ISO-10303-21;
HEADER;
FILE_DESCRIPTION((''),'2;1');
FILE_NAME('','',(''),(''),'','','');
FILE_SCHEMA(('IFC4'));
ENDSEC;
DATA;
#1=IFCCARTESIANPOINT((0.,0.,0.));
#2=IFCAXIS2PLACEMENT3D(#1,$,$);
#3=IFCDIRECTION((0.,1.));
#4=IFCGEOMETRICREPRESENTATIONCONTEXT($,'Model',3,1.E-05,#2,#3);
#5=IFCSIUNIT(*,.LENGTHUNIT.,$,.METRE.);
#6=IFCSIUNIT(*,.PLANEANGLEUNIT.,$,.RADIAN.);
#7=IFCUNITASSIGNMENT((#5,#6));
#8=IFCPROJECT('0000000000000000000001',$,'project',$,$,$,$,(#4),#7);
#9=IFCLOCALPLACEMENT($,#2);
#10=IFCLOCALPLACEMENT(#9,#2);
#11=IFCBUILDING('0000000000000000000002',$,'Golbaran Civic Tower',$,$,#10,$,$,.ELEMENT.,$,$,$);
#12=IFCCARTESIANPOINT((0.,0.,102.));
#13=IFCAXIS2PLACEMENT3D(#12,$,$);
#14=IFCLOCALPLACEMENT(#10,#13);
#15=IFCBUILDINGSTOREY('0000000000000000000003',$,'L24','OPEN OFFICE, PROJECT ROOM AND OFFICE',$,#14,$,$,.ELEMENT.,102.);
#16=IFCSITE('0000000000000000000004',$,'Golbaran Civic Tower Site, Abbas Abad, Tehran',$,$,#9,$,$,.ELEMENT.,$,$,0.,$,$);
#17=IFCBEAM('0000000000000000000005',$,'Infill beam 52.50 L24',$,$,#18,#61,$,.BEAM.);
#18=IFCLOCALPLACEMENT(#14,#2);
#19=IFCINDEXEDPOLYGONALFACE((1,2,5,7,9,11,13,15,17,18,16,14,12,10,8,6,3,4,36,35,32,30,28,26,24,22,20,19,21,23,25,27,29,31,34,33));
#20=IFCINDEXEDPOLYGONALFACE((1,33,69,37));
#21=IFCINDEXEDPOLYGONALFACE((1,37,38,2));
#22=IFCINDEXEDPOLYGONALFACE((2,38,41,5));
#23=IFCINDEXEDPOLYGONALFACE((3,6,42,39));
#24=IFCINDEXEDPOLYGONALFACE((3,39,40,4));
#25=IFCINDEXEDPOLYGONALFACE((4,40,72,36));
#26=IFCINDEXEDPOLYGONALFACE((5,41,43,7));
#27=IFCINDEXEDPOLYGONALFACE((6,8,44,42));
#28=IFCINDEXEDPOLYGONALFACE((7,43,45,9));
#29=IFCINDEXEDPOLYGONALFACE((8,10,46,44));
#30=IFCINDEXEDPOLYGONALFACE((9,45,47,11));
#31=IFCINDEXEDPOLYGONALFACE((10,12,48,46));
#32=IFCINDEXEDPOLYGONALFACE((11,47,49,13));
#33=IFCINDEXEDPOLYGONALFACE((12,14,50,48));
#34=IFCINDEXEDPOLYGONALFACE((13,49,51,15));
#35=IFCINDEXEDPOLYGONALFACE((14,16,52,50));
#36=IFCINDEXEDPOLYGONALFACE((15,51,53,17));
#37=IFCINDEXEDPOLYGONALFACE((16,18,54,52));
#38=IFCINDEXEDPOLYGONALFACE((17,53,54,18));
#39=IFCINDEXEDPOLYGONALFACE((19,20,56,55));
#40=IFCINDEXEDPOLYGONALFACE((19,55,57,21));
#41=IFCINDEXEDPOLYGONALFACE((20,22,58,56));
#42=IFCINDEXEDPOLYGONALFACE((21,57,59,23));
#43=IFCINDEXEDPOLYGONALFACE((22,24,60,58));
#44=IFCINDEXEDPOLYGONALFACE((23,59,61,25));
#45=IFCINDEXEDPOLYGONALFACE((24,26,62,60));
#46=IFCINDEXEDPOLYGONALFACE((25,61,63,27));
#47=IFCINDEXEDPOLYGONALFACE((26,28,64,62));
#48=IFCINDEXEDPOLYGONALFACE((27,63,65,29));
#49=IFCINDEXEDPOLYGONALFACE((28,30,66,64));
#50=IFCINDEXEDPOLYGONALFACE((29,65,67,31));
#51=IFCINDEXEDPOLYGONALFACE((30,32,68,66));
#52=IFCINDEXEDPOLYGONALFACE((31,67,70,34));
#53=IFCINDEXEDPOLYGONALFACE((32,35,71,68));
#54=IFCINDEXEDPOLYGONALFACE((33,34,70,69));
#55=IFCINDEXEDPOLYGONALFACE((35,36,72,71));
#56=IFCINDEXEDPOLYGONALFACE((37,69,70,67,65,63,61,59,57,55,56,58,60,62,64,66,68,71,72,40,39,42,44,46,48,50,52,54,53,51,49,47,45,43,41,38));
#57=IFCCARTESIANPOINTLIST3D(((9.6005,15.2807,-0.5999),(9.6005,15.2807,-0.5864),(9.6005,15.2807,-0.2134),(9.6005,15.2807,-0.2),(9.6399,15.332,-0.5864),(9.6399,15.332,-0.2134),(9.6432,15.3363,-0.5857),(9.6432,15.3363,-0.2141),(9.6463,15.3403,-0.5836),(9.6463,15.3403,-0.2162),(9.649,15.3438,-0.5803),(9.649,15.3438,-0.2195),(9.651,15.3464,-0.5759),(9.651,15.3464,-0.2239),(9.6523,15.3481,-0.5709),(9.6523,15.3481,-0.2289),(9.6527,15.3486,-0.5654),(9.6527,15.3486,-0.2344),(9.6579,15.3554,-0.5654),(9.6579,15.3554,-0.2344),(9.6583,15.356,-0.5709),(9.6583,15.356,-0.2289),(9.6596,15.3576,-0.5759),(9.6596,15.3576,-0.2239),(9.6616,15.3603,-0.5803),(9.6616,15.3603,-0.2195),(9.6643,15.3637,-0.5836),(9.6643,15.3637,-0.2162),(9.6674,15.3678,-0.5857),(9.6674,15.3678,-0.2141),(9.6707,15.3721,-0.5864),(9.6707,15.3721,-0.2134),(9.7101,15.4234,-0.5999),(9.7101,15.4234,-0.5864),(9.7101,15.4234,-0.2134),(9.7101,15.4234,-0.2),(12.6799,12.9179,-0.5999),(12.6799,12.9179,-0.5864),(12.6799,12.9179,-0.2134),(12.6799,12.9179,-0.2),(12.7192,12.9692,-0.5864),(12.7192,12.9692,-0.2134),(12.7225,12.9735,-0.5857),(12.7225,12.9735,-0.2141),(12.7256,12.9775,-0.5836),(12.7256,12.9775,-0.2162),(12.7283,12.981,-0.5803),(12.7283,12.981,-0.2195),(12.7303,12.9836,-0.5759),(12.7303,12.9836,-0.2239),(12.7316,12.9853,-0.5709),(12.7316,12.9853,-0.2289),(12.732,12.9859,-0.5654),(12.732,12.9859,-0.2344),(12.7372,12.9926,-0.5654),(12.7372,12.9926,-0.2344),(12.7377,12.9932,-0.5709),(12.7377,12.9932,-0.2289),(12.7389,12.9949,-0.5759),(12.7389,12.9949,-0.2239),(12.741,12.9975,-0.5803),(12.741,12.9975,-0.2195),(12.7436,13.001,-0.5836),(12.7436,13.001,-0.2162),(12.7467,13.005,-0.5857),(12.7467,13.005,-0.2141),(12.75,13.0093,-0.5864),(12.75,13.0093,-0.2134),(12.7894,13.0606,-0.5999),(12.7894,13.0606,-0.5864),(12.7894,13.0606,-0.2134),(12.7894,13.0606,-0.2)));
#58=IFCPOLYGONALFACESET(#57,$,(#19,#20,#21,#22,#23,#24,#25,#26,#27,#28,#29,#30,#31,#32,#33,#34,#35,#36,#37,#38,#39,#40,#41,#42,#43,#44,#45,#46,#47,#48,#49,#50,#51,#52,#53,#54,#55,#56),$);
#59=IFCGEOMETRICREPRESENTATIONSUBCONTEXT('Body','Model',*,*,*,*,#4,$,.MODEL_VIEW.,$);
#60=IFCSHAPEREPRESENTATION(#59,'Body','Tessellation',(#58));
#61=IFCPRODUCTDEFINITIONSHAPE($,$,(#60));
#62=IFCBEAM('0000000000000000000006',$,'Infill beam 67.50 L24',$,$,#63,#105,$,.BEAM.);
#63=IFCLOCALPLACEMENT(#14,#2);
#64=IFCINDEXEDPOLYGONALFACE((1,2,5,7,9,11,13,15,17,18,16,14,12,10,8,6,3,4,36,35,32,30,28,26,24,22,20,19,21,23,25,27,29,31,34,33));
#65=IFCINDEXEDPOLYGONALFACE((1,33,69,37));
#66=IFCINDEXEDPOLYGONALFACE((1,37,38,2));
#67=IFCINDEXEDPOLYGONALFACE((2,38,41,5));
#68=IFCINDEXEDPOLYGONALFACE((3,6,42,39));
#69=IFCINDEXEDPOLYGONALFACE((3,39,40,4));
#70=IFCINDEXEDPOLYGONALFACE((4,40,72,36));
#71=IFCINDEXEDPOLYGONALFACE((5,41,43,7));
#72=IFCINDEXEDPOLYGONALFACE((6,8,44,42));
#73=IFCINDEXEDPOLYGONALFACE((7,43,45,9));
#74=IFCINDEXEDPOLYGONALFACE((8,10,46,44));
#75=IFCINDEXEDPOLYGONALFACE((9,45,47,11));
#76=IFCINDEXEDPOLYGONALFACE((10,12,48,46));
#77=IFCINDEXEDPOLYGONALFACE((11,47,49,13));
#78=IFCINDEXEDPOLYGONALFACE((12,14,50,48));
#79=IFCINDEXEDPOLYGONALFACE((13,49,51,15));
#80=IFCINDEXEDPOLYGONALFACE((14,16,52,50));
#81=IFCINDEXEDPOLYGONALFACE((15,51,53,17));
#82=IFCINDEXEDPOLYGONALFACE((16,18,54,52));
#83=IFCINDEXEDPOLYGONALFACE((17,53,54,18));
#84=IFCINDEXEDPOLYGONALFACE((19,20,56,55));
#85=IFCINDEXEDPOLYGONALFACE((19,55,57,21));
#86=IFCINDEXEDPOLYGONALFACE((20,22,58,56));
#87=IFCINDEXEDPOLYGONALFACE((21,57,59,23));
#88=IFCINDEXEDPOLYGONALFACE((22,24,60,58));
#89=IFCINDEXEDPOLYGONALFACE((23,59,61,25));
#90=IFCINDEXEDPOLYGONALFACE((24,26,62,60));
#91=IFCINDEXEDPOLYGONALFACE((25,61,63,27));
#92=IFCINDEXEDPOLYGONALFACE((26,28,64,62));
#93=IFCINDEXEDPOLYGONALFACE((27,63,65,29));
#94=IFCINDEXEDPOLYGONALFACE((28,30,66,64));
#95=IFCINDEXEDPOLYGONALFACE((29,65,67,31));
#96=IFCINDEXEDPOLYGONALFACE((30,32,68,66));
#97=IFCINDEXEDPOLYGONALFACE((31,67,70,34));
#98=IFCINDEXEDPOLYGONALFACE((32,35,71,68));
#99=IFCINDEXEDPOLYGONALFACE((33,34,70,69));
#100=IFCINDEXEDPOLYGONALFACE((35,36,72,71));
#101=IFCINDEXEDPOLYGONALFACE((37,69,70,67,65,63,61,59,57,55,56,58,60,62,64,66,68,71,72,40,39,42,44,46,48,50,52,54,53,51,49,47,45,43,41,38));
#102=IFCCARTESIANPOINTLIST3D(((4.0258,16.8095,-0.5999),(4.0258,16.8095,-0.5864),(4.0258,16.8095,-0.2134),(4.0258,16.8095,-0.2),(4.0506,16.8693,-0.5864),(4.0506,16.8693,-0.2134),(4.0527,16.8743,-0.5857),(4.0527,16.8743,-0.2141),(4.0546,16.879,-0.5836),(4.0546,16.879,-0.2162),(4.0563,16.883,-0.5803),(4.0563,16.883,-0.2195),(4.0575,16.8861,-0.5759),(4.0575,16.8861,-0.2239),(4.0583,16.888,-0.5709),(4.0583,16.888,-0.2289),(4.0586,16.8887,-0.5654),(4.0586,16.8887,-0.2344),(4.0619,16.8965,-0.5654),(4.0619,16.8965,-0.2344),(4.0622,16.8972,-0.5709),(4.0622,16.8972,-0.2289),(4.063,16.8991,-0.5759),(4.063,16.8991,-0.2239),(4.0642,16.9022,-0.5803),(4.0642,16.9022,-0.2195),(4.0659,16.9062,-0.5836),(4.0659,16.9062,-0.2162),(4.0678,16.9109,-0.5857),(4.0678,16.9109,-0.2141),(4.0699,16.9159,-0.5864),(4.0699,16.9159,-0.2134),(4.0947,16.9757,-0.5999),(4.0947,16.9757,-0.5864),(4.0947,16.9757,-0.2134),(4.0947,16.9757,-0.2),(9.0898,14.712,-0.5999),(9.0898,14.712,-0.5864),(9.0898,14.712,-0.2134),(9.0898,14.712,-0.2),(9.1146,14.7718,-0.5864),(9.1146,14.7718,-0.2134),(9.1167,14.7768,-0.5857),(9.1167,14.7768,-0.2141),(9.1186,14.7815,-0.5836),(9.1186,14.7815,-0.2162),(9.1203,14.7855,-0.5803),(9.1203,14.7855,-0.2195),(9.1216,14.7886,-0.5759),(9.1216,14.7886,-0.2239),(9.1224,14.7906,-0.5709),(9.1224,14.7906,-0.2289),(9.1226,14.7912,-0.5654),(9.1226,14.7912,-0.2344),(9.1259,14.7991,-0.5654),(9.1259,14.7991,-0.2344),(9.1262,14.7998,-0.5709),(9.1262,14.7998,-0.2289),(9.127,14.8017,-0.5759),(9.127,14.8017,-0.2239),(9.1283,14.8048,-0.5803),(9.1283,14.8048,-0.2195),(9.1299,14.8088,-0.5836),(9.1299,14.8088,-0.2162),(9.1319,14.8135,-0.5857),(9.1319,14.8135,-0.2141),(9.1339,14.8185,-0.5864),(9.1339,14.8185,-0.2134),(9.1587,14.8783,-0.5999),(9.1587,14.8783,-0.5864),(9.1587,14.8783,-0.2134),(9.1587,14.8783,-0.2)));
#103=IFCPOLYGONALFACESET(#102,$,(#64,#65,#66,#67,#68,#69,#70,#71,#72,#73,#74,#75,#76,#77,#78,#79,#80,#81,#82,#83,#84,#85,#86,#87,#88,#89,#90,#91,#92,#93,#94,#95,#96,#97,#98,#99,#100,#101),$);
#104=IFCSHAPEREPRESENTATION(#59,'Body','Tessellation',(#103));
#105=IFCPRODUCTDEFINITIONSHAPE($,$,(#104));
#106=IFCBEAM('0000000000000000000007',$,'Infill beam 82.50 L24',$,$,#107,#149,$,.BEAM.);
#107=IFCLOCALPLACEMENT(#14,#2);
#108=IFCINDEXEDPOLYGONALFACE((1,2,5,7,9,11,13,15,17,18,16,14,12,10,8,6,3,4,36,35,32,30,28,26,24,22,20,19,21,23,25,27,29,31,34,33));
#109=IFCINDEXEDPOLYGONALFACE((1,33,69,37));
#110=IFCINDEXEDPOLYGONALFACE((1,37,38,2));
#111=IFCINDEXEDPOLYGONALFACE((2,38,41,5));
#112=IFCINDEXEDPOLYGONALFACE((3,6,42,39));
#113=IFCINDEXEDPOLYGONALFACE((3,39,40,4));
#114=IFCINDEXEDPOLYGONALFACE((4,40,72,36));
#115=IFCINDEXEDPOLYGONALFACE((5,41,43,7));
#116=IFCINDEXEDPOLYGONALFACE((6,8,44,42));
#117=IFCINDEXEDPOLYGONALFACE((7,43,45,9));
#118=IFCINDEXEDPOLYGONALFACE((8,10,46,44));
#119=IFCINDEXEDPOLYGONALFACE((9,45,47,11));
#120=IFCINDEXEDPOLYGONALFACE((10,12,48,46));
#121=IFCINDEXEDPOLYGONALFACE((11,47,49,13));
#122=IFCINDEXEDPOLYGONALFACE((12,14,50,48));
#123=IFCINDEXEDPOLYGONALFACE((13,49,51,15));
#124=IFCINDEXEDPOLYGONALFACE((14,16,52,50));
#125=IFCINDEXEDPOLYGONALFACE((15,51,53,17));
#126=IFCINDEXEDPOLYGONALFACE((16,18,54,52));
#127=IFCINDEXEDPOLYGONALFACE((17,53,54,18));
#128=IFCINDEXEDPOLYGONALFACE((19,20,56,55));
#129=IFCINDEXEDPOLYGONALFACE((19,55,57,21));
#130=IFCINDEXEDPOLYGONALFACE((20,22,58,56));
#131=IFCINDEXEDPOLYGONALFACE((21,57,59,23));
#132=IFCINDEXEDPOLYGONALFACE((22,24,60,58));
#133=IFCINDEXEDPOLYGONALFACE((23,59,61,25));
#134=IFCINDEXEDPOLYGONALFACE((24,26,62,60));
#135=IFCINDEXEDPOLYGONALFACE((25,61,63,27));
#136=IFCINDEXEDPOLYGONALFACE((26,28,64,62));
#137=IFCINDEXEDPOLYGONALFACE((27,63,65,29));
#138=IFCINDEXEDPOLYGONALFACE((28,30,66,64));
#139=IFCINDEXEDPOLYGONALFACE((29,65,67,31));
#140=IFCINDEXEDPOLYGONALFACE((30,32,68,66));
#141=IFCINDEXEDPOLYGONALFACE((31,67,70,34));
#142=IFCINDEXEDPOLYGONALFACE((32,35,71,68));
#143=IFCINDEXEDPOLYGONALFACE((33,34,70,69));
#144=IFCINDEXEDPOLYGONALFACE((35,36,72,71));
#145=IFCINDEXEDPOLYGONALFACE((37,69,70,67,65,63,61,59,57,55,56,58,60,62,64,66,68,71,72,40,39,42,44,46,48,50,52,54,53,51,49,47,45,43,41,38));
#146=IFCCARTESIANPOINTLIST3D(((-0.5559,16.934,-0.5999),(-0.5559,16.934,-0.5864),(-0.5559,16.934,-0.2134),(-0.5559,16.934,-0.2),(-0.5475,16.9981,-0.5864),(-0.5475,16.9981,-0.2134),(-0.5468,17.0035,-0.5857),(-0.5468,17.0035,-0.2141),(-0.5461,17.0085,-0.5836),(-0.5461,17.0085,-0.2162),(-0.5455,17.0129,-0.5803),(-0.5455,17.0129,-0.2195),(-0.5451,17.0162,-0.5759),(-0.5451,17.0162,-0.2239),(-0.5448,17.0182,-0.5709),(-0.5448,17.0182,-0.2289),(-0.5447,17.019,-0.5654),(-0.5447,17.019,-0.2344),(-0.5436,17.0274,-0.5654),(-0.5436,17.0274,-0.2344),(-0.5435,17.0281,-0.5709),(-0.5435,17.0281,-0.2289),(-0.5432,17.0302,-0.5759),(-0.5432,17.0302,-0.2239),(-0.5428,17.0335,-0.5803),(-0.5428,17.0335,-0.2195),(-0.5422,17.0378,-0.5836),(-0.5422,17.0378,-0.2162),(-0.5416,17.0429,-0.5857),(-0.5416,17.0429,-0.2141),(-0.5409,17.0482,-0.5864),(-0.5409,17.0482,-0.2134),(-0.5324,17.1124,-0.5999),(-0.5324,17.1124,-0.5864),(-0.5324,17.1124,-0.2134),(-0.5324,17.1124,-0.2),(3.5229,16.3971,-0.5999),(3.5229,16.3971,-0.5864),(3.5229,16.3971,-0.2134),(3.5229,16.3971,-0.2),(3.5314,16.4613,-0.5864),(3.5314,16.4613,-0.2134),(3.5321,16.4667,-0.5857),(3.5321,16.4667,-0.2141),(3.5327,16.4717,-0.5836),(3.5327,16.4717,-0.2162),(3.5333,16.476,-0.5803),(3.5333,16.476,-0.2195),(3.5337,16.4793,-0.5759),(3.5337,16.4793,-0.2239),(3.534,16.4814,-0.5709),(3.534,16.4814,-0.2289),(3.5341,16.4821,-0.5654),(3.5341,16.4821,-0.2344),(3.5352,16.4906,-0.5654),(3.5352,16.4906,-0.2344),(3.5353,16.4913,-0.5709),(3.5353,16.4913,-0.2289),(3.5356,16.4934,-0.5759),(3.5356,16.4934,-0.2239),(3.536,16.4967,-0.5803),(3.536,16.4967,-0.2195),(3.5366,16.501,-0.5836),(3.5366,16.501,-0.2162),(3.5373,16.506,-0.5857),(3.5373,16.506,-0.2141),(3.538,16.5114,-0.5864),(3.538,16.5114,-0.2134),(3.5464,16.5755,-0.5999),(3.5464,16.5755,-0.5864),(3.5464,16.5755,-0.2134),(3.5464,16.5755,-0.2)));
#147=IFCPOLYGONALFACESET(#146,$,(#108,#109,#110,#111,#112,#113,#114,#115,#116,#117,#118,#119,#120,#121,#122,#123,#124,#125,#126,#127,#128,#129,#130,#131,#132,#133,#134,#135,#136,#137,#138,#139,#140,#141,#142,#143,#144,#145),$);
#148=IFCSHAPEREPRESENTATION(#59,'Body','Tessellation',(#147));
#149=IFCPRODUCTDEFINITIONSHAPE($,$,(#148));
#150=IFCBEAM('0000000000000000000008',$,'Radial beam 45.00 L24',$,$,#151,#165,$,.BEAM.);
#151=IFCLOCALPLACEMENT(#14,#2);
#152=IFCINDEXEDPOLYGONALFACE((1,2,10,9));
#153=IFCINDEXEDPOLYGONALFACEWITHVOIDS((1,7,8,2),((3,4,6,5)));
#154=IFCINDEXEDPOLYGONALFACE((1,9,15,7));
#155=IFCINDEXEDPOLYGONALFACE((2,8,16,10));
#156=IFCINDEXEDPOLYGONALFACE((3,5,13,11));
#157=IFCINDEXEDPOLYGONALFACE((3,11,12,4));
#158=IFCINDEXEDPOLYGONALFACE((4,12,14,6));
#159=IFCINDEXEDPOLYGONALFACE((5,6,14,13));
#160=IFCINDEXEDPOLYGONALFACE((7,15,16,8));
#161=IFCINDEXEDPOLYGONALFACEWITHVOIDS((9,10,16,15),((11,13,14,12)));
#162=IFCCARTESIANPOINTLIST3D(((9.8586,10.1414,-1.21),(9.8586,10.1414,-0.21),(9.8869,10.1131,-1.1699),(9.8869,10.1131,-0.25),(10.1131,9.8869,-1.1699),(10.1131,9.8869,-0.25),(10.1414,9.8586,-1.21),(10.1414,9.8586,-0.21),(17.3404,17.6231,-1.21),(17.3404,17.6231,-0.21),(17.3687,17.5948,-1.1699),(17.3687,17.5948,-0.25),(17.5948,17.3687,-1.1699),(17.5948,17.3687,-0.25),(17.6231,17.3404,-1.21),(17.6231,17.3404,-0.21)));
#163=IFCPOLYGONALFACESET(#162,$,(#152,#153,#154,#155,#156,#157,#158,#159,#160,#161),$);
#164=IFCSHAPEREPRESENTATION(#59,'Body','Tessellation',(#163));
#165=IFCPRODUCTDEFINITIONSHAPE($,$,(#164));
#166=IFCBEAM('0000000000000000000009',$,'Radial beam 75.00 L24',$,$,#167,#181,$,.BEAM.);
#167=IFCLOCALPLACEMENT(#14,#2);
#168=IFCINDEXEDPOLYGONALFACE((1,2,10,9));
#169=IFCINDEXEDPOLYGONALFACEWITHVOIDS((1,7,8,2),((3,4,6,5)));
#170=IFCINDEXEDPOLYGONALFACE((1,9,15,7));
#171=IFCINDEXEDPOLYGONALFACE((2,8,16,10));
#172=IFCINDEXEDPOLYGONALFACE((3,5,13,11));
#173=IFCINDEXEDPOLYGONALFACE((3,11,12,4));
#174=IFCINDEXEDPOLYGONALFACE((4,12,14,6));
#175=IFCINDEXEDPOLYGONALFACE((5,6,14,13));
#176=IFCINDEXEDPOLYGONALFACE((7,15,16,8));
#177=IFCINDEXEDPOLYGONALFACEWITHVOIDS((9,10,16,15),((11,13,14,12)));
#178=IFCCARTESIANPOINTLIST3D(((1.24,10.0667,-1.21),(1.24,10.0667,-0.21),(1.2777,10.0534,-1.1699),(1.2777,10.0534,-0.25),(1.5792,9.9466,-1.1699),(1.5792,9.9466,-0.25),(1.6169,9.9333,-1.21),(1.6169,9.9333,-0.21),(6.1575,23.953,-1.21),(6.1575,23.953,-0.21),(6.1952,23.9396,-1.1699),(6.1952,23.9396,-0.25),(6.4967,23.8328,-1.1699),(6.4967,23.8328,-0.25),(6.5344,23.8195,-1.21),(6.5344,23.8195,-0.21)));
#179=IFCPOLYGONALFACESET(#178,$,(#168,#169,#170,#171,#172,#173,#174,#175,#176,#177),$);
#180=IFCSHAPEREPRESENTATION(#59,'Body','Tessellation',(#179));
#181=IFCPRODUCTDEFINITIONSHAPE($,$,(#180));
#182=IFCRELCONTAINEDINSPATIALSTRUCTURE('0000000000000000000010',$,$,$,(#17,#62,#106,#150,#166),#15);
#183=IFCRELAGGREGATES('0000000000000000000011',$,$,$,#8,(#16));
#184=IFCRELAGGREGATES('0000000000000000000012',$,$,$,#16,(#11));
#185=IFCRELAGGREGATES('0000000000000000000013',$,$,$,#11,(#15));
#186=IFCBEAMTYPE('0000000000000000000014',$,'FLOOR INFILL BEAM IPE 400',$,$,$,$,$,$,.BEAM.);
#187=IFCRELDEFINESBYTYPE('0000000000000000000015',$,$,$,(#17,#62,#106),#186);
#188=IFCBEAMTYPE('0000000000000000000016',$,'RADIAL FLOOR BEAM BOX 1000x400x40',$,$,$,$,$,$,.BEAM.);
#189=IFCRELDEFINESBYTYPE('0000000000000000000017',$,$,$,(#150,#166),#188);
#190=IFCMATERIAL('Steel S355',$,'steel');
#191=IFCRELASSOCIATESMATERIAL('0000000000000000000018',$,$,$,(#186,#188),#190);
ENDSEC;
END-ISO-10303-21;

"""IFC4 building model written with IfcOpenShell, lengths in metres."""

from ifc_helpers import new_model, si_unit, direction, frame, origin, origin_2d, place, context, subcontext, project, spatial, hollow_rectangle, i_section, extrude, material, material_profile, profile_set, type_object, element, save


model = new_model("IFC4")

# Units and contexts
model_context = context("Model", 3, precision=1e-05, world=origin(), true_north=direction((0.0, 1.0)))
body_context = subcontext(model_context, "Body", "Model", "MODEL_VIEW")
ifc_project = project(units=[si_unit("LENGTHUNIT", "METRE"), si_unit("PLANEANGLEUNIT", "RADIAN")], contexts=[model_context])

# Site, building, storey
site_placement = place(None, origin())
site = spatial("IfcSite", under=ifc_project, at=site_placement, Name="Golbaran Civic Tower Site, Abbas Abad, Tehran", CompositionType="ELEMENT", RefElevation=0.0)
building_placement = place(site_placement, origin())
building = spatial("IfcBuilding", under=site, at=building_placement, Name="Golbaran Civic Tower", CompositionType="ELEMENT")
storey_placement = place(building_placement, frame((0.0, 0.0, 102.0)))
storey = spatial("IfcBuildingStorey", under=building, at=storey_placement, Name="L24", Description="OPEN OFFICE, PROJECT ROOM AND OFFICE", CompositionType="ELEMENT", Elevation=102.0)

# Beams
ifc_material_1 = material(Name="Steel S355", Category="steel")
ifc_material_profile_1 = material_profile(ifc_material_1, i_section(OverallWidth=0.1799, OverallDepth=0.3999, WebThickness=0.0085, FlangeThickness=0.0134, FilletRadius=0.021, at=origin_2d()), Name="IPE 400")
ifc_profile_set_1 = profile_set([ifc_material_profile_1], Name="Steel S355")
beam_type_1 = type_object("IfcBeamType", Name="FLOOR INFILL BEAM IPE 400", PredefinedType="BEAM", material=ifc_profile_set_1)
beam_1_placement = place(storey_placement, frame((12.7346, 12.9893, -0.3999), z_axis=(-0.793362, 0.60875, 0.0), x_axis=(-0.60875, -0.793362, 0.0)))
element("IfcBeam", 1, at=beam_1_placement, inside=storey, type_object=beam_type_1, Name="Infill beam 52.50 L24", PredefinedType="BEAM", context=body_context, shape_type="SweptSolid", body=[
    extrude(i_section(OverallWidth=0.1799, OverallDepth=0.3999, WebThickness=0.0085, FlangeThickness=0.0134, FilletRadius=0.021, at=origin_2d()), origin(), (0.0, 0.0, 1.0), 3.8813),
])
beam_2_placement = place(storey_placement, frame((9.1243, 14.7952, -0.3999), z_axis=(-0.923889, 0.38266, 0.0), x_axis=(-0.38266, -0.923889, 0.0)))
element("IfcBeam", 2, at=beam_2_placement, inside=storey, type_object=beam_type_1, Name="Infill beam 67.50 L24", PredefinedType="BEAM", context=body_context, shape_type="SweptSolid", body=[
    extrude(i_section(OverallWidth=0.1799, OverallDepth=0.3999, WebThickness=0.0085, FlangeThickness=0.0134, FilletRadius=0.021, at=origin_2d()), origin(), (0.0, 0.0, 1.0), 5.4812),
])
beam_3_placement = place(storey_placement, frame((3.5347, 16.4863, -0.3999), z_axis=(-0.991449, 0.130496, 0.0), x_axis=(-0.130496, -0.991449, 0.0)))
element("IfcBeam", 3, at=beam_3_placement, inside=storey, type_object=beam_type_1, Name="Infill beam 82.50 L24", PredefinedType="BEAM", context=body_context, shape_type="SweptSolid", body=[
    extrude(i_section(OverallWidth=0.1799, OverallDepth=0.3999, WebThickness=0.0085, FlangeThickness=0.0134, FilletRadius=0.021, at=origin_2d()), origin(), (0.0, 0.0, 1.0), 4.114),
])
ifc_material_profile_2 = material_profile(ifc_material_1, hollow_rectangle(XDim=0.3999, YDim=1.0, WallThickness=0.04, at=origin_2d()), Name="BOX 1000x400x40")
ifc_profile_set_2 = profile_set([ifc_material_profile_2], Name="Steel S355")
beam_type_2 = type_object("IfcBeamType", Name="RADIAL FLOOR BEAM BOX 1000x400x40", PredefinedType="BEAM", material=ifc_profile_set_2)
beam_4_placement = place(storey_placement, frame((10.0, 10.0, -0.71), z_axis=(0.707107, 0.707107, 0.0), x_axis=(-0.707107, 0.707107, 0.0)))
element("IfcBeam", 4, at=beam_4_placement, inside=storey, type_object=beam_type_2, Name="Radial beam 45.00 L24", PredefinedType="BEAM", context=body_context, shape_type="SweptSolid", body=[
    extrude(hollow_rectangle(XDim=0.3999, YDim=1.0, WallThickness=0.04, at=origin_2d()), origin(), (0.0, 0.0, 1.0), 10.5808),
])
beam_5_placement = place(storey_placement, frame((1.4285, 10.0, -0.71), z_axis=(0.333813, 0.942639, 0.0), x_axis=(-0.942639, 0.333813, 0.0)))
element("IfcBeam", 5, at=beam_5_placement, inside=storey, type_object=beam_type_2, Name="Radial beam 75.00 L24", PredefinedType="BEAM", context=body_context, shape_type="SweptSolid", body=[
    extrude(hollow_rectangle(XDim=0.3999, YDim=1.0, WallThickness=0.04, at=origin_2d()), origin(), (0.0, 0.0, 1.0), 14.7312),
])

save(model, "model.ifc")
